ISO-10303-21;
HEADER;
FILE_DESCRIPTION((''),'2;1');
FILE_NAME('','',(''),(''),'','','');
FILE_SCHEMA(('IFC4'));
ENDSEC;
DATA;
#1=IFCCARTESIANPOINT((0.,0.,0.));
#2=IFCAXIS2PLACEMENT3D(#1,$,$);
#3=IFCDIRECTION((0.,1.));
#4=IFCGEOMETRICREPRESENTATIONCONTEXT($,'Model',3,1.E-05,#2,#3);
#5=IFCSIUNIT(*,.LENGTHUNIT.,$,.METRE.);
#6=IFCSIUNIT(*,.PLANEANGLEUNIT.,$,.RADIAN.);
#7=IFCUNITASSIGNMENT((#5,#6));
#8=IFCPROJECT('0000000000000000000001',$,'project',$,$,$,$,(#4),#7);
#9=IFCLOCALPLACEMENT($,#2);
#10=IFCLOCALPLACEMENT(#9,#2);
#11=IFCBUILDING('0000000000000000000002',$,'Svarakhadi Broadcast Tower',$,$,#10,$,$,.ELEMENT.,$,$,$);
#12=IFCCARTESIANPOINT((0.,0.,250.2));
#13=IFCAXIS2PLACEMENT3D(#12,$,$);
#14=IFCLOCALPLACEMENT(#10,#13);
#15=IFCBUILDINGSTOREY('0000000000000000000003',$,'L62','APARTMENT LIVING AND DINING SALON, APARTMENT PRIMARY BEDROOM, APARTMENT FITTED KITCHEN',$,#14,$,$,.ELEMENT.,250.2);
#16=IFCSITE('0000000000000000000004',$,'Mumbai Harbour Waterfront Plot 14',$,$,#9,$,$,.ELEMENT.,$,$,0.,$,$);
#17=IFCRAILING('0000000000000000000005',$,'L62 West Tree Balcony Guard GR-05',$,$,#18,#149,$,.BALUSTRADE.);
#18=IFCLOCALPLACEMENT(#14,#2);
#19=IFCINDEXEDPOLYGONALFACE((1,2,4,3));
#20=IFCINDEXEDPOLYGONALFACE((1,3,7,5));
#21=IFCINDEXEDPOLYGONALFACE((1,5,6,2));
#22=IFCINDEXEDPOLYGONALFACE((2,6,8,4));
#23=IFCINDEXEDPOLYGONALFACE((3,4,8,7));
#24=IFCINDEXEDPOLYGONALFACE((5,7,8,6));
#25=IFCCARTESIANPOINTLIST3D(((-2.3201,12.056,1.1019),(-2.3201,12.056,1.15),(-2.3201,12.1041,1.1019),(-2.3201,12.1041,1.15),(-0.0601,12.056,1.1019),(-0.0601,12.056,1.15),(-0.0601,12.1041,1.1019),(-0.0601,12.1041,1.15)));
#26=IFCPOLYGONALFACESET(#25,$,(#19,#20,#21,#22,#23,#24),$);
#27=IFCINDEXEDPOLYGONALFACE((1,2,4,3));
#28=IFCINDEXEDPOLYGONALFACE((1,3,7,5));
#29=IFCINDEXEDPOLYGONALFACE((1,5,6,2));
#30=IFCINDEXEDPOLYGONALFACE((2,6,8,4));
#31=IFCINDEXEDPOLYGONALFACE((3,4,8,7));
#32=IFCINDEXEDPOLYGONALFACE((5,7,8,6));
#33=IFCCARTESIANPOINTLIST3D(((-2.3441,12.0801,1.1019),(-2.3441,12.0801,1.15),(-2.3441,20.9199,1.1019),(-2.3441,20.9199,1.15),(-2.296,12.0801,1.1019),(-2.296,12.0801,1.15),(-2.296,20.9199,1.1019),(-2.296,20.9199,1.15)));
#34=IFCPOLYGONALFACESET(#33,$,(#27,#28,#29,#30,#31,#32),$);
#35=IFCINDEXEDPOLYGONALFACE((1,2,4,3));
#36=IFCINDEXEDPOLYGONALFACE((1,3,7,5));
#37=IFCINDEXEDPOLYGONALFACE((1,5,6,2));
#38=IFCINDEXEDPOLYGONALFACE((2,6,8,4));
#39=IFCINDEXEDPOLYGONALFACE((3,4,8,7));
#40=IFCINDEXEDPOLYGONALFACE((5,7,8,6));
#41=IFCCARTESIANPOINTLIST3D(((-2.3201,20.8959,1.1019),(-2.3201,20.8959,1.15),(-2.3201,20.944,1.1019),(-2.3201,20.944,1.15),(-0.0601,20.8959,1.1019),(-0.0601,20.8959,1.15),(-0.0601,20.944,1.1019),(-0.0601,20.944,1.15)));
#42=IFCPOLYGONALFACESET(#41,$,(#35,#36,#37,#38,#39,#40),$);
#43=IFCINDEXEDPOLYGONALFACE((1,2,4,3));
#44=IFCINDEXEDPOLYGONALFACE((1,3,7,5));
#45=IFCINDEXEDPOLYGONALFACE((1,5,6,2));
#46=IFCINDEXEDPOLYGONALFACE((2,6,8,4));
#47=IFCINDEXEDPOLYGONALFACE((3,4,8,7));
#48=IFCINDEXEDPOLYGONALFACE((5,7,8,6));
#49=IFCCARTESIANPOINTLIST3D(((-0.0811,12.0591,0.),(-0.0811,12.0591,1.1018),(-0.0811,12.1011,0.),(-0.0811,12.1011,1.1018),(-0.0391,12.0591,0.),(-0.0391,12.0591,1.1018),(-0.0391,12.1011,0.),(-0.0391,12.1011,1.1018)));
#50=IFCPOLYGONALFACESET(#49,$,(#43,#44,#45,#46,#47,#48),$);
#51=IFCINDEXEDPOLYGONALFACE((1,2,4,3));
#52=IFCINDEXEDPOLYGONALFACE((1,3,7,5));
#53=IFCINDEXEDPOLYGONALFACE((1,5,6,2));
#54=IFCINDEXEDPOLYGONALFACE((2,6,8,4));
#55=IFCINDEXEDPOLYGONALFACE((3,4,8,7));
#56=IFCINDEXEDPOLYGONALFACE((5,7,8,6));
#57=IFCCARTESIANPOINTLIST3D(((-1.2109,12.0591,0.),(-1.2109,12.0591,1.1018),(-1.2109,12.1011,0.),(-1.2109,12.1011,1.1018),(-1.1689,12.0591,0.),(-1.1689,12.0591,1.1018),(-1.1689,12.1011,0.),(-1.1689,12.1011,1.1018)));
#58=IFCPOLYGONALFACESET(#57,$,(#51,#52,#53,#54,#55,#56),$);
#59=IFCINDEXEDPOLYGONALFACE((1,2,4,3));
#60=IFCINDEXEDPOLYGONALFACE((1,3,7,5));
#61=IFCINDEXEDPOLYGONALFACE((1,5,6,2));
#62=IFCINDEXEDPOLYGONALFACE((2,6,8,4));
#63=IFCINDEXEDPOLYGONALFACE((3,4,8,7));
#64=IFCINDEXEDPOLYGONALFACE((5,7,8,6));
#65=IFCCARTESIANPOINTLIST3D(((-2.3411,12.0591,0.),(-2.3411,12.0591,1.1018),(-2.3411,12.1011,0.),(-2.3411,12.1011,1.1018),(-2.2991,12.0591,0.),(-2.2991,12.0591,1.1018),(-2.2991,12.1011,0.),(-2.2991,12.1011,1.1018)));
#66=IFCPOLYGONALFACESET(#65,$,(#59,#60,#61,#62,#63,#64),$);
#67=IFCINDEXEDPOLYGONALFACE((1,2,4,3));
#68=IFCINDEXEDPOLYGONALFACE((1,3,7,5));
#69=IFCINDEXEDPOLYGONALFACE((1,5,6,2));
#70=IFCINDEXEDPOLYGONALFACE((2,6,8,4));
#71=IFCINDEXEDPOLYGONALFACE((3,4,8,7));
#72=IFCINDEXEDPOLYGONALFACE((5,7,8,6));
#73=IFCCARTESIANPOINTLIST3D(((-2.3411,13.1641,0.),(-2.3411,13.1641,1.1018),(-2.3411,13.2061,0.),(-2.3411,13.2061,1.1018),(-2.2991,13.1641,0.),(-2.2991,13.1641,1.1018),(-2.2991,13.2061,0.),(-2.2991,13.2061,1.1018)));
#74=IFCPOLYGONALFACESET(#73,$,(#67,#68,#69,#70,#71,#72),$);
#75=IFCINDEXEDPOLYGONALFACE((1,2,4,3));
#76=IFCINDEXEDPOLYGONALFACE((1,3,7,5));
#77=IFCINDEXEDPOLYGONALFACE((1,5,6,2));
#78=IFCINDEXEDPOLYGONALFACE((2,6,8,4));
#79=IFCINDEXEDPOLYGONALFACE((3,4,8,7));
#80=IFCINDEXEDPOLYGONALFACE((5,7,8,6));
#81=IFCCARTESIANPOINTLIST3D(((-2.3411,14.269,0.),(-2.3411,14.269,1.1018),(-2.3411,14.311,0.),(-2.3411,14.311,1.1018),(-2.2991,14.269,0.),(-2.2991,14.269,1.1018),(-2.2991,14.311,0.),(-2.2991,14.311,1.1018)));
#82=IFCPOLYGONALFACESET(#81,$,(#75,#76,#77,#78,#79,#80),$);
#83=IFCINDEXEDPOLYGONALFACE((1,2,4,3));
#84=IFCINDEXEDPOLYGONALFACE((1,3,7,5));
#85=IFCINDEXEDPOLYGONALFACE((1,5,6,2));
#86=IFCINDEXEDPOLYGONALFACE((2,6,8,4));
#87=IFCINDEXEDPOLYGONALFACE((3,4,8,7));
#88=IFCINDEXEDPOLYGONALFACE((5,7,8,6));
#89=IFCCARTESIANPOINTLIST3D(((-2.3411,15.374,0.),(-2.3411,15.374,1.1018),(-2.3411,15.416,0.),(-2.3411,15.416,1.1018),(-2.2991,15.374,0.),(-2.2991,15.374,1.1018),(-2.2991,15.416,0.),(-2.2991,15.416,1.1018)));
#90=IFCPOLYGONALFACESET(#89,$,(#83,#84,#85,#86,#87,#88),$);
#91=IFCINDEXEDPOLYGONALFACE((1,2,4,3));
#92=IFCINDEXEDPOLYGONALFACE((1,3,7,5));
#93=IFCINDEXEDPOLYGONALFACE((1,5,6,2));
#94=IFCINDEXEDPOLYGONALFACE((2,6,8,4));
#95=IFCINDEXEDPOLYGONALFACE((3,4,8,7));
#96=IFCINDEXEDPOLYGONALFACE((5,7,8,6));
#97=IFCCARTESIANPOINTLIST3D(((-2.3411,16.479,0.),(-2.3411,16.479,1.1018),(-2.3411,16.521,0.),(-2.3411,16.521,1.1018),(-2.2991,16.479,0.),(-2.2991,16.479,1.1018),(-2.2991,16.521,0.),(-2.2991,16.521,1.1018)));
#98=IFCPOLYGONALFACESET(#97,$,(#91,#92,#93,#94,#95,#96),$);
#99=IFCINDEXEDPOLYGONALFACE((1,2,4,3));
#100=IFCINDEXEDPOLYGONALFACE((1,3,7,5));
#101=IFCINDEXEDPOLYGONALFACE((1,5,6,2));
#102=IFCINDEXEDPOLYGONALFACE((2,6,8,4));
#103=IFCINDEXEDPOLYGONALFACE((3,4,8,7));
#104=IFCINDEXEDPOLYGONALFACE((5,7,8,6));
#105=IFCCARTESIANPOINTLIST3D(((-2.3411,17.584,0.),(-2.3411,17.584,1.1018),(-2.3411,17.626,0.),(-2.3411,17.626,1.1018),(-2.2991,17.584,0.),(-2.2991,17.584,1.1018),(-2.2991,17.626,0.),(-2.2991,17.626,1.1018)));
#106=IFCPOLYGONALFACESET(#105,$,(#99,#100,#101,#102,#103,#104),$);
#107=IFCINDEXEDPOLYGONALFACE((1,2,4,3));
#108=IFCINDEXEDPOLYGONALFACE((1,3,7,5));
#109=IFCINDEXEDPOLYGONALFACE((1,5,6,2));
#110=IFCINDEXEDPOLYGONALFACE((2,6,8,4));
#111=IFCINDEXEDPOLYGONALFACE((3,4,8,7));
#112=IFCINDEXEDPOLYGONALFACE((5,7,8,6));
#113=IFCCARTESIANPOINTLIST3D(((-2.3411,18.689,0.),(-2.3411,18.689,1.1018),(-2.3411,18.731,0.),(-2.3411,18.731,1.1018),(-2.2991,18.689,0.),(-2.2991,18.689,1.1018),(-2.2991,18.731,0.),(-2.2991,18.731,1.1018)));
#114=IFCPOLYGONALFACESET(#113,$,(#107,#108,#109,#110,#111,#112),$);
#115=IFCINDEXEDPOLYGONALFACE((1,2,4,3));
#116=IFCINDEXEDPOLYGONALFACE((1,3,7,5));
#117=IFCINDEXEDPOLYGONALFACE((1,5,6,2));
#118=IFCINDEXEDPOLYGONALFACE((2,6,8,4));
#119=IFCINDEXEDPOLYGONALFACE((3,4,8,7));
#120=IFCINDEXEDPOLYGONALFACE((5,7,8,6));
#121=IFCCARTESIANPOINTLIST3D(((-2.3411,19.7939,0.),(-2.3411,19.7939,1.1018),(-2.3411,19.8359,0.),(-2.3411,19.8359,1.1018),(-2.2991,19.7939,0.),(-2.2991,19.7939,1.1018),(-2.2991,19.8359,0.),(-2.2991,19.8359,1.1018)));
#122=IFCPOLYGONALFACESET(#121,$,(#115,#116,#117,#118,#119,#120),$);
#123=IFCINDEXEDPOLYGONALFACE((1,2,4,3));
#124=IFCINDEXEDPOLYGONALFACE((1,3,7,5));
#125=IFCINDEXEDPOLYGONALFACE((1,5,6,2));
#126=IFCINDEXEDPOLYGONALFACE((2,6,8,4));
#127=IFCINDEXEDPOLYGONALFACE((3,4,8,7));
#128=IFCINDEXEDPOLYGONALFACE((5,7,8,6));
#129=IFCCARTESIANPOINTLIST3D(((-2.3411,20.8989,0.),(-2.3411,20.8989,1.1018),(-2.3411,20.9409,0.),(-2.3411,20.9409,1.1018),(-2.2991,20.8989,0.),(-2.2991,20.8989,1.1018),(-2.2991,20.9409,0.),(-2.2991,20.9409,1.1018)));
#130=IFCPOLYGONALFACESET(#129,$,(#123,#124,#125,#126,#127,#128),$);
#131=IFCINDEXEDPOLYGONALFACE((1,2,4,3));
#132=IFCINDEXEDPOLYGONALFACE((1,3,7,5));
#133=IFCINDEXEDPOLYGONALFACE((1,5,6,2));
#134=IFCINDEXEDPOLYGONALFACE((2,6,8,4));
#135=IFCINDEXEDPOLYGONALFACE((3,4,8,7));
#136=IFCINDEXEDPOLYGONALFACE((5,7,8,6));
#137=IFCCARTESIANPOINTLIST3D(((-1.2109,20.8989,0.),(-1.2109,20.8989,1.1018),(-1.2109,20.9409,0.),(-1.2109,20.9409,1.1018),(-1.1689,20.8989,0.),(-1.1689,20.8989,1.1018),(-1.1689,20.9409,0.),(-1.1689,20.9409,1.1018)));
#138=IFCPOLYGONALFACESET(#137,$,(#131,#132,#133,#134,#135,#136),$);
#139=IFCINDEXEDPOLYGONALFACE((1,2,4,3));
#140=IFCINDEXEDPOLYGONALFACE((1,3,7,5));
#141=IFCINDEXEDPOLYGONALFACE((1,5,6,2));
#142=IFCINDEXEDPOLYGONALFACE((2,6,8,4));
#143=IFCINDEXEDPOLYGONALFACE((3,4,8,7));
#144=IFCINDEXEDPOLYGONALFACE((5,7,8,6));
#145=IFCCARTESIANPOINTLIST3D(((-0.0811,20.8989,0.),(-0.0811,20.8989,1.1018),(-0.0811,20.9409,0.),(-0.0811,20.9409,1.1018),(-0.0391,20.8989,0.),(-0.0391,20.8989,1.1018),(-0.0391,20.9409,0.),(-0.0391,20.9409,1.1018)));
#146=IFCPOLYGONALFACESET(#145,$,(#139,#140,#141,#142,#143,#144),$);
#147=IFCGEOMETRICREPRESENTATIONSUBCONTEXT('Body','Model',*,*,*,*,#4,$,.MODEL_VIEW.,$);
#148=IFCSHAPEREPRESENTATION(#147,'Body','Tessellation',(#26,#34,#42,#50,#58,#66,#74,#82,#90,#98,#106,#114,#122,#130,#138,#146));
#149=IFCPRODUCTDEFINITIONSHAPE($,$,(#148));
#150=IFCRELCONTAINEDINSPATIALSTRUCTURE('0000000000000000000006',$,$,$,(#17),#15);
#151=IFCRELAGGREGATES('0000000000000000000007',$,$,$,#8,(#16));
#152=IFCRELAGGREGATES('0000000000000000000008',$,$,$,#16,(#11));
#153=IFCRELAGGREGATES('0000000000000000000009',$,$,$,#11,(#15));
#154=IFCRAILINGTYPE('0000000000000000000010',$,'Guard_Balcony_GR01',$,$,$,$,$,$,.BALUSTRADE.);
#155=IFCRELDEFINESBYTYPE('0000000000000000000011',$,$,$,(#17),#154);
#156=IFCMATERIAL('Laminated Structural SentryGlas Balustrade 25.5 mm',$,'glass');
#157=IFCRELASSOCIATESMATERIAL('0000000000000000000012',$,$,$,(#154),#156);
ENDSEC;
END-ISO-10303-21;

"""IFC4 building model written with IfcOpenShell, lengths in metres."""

from ifc_helpers import new_model, si_unit, direction, frame, origin, origin_2d, place, context, subcontext, project, spatial, rectangle, extrude, material, type_object, element, save


model = new_model("IFC4")

# Units and contexts
model_context = context("Model", 3, precision=1e-05, world=origin(), true_north=direction((0.0, 1.0)))
body_context = subcontext(model_context, "Body", "Model", "MODEL_VIEW")
ifc_project = project(units=[si_unit("LENGTHUNIT", "METRE"), si_unit("PLANEANGLEUNIT", "RADIAN")], contexts=[model_context])

# Site, building, storey
site_placement = place(None, origin())
site = spatial("IfcSite", under=ifc_project, at=site_placement, Name="Mumbai Harbour Waterfront Plot 14", CompositionType="ELEMENT", RefElevation=0.0)
building_placement = place(site_placement, origin())
building = spatial("IfcBuilding", under=site, at=building_placement, Name="Svarakhadi Broadcast Tower", CompositionType="ELEMENT")
storey_placement = place(building_placement, frame((0.0, 0.0, 250.2)))
storey = spatial("IfcBuildingStorey", under=building, at=storey_placement, Name="L62", Description="APARTMENT LIVING AND DINING SALON, APARTMENT PRIMARY BEDROOM, APARTMENT FITTED KITCHEN", CompositionType="ELEMENT", Elevation=250.2)

# Railing
ifc_material_1 = material(Name="Laminated Structural SentryGlas Balustrade 25.5 mm", Category="glass")
railing_type = type_object("IfcRailingType", Name="Guard_Balcony_GR01", PredefinedType="BALUSTRADE", material=ifc_material_1)
railing_placement = place(storey_placement, frame((-0.0601, 12.0801, 0.0)))
element("IfcRailing", 1, at=railing_placement, inside=storey, type_object=railing_type, Name="L62 West Tree Balcony Guard GR-05", PredefinedType="BALUSTRADE", context=body_context, shape_type="SweptSolid", body=[
    extrude(rectangle(XDim=0.0481, YDim=0.0481, at=origin_2d()), frame((0.0, 0.0, 1.126), z_axis=(-1.0, 0.0, 0.0), x_axis=(0.0, -1.0, 0.0)), (0.0, 0.0, 1.0), 2.26),
    extrude(rectangle(XDim=0.0481, YDim=0.0481, at=origin_2d()), frame((-2.26, 0.0, 1.126), z_axis=(0.0, 1.0, 0.0), x_axis=(-1.0, 0.0, 0.0)), (0.0, 0.0, 1.0), 8.8398),
    extrude(rectangle(XDim=0.0481, YDim=0.0481, at=origin_2d()), frame((-2.26, 8.8398, 1.126), z_axis=(1.0, 0.0, 0.0), x_axis=(0.0, 1.0, 0.0)), (0.0, 0.0, 1.0), 2.26),
    extrude(rectangle(XDim=0.042, YDim=0.042, at=origin_2d()), origin(), (0.0, 0.0, 1.0), 1.1018),
    extrude(rectangle(XDim=0.042, YDim=0.042, at=origin_2d()), frame((-1.1299, 0.0, 0.0)), (0.0, 0.0, 1.0), 1.1018),
    extrude(rectangle(XDim=0.042, YDim=0.042, at=origin_2d()), frame((-2.26, 0.0, 0.0)), (0.0, 0.0, 1.0), 1.1018),
    extrude(rectangle(XDim=0.042, YDim=0.042, at=origin_2d()), frame((-2.26, 1.105, 0.0)), (0.0, 0.0, 1.0), 1.1018),
    extrude(rectangle(XDim=0.042, YDim=0.042, at=origin_2d()), frame((-2.26, 2.21, 0.0)), (0.0, 0.0, 1.0), 1.1018),
    extrude(rectangle(XDim=0.042, YDim=0.042, at=origin_2d()), frame((-2.26, 3.3149, 0.0)), (0.0, 0.0, 1.0), 1.1018),
    extrude(rectangle(XDim=0.042, YDim=0.042, at=origin_2d()), frame((-2.26, 4.4199, 0.0)), (0.0, 0.0, 1.0), 1.1018),
    extrude(rectangle(XDim=0.042, YDim=0.042, at=origin_2d()), frame((-2.26, 5.5249, 0.0)), (0.0, 0.0, 1.0), 1.1018),
    extrude(rectangle(XDim=0.042, YDim=0.042, at=origin_2d()), frame((-2.26, 6.6299, 0.0)), (0.0, 0.0, 1.0), 1.1018),
    extrude(rectangle(XDim=0.042, YDim=0.042, at=origin_2d()), frame((-2.26, 7.7349, 0.0)), (0.0, 0.0, 1.0), 1.1018),
    extrude(rectangle(XDim=0.042, YDim=0.042, at=origin_2d()), frame((-2.26, 8.8398, 0.0)), (0.0, 0.0, 1.0), 1.1018),
    extrude(rectangle(XDim=0.042, YDim=0.042, at=origin_2d()), frame((-1.1299, 8.8398, 0.0)), (0.0, 0.0, 1.0), 1.1018),
    extrude(rectangle(XDim=0.042, YDim=0.042, at=origin_2d()), frame((0.0, 8.8398, 0.0)), (0.0, 0.0, 1.0), 1.1018),
])

save(model, "model.ifc")
